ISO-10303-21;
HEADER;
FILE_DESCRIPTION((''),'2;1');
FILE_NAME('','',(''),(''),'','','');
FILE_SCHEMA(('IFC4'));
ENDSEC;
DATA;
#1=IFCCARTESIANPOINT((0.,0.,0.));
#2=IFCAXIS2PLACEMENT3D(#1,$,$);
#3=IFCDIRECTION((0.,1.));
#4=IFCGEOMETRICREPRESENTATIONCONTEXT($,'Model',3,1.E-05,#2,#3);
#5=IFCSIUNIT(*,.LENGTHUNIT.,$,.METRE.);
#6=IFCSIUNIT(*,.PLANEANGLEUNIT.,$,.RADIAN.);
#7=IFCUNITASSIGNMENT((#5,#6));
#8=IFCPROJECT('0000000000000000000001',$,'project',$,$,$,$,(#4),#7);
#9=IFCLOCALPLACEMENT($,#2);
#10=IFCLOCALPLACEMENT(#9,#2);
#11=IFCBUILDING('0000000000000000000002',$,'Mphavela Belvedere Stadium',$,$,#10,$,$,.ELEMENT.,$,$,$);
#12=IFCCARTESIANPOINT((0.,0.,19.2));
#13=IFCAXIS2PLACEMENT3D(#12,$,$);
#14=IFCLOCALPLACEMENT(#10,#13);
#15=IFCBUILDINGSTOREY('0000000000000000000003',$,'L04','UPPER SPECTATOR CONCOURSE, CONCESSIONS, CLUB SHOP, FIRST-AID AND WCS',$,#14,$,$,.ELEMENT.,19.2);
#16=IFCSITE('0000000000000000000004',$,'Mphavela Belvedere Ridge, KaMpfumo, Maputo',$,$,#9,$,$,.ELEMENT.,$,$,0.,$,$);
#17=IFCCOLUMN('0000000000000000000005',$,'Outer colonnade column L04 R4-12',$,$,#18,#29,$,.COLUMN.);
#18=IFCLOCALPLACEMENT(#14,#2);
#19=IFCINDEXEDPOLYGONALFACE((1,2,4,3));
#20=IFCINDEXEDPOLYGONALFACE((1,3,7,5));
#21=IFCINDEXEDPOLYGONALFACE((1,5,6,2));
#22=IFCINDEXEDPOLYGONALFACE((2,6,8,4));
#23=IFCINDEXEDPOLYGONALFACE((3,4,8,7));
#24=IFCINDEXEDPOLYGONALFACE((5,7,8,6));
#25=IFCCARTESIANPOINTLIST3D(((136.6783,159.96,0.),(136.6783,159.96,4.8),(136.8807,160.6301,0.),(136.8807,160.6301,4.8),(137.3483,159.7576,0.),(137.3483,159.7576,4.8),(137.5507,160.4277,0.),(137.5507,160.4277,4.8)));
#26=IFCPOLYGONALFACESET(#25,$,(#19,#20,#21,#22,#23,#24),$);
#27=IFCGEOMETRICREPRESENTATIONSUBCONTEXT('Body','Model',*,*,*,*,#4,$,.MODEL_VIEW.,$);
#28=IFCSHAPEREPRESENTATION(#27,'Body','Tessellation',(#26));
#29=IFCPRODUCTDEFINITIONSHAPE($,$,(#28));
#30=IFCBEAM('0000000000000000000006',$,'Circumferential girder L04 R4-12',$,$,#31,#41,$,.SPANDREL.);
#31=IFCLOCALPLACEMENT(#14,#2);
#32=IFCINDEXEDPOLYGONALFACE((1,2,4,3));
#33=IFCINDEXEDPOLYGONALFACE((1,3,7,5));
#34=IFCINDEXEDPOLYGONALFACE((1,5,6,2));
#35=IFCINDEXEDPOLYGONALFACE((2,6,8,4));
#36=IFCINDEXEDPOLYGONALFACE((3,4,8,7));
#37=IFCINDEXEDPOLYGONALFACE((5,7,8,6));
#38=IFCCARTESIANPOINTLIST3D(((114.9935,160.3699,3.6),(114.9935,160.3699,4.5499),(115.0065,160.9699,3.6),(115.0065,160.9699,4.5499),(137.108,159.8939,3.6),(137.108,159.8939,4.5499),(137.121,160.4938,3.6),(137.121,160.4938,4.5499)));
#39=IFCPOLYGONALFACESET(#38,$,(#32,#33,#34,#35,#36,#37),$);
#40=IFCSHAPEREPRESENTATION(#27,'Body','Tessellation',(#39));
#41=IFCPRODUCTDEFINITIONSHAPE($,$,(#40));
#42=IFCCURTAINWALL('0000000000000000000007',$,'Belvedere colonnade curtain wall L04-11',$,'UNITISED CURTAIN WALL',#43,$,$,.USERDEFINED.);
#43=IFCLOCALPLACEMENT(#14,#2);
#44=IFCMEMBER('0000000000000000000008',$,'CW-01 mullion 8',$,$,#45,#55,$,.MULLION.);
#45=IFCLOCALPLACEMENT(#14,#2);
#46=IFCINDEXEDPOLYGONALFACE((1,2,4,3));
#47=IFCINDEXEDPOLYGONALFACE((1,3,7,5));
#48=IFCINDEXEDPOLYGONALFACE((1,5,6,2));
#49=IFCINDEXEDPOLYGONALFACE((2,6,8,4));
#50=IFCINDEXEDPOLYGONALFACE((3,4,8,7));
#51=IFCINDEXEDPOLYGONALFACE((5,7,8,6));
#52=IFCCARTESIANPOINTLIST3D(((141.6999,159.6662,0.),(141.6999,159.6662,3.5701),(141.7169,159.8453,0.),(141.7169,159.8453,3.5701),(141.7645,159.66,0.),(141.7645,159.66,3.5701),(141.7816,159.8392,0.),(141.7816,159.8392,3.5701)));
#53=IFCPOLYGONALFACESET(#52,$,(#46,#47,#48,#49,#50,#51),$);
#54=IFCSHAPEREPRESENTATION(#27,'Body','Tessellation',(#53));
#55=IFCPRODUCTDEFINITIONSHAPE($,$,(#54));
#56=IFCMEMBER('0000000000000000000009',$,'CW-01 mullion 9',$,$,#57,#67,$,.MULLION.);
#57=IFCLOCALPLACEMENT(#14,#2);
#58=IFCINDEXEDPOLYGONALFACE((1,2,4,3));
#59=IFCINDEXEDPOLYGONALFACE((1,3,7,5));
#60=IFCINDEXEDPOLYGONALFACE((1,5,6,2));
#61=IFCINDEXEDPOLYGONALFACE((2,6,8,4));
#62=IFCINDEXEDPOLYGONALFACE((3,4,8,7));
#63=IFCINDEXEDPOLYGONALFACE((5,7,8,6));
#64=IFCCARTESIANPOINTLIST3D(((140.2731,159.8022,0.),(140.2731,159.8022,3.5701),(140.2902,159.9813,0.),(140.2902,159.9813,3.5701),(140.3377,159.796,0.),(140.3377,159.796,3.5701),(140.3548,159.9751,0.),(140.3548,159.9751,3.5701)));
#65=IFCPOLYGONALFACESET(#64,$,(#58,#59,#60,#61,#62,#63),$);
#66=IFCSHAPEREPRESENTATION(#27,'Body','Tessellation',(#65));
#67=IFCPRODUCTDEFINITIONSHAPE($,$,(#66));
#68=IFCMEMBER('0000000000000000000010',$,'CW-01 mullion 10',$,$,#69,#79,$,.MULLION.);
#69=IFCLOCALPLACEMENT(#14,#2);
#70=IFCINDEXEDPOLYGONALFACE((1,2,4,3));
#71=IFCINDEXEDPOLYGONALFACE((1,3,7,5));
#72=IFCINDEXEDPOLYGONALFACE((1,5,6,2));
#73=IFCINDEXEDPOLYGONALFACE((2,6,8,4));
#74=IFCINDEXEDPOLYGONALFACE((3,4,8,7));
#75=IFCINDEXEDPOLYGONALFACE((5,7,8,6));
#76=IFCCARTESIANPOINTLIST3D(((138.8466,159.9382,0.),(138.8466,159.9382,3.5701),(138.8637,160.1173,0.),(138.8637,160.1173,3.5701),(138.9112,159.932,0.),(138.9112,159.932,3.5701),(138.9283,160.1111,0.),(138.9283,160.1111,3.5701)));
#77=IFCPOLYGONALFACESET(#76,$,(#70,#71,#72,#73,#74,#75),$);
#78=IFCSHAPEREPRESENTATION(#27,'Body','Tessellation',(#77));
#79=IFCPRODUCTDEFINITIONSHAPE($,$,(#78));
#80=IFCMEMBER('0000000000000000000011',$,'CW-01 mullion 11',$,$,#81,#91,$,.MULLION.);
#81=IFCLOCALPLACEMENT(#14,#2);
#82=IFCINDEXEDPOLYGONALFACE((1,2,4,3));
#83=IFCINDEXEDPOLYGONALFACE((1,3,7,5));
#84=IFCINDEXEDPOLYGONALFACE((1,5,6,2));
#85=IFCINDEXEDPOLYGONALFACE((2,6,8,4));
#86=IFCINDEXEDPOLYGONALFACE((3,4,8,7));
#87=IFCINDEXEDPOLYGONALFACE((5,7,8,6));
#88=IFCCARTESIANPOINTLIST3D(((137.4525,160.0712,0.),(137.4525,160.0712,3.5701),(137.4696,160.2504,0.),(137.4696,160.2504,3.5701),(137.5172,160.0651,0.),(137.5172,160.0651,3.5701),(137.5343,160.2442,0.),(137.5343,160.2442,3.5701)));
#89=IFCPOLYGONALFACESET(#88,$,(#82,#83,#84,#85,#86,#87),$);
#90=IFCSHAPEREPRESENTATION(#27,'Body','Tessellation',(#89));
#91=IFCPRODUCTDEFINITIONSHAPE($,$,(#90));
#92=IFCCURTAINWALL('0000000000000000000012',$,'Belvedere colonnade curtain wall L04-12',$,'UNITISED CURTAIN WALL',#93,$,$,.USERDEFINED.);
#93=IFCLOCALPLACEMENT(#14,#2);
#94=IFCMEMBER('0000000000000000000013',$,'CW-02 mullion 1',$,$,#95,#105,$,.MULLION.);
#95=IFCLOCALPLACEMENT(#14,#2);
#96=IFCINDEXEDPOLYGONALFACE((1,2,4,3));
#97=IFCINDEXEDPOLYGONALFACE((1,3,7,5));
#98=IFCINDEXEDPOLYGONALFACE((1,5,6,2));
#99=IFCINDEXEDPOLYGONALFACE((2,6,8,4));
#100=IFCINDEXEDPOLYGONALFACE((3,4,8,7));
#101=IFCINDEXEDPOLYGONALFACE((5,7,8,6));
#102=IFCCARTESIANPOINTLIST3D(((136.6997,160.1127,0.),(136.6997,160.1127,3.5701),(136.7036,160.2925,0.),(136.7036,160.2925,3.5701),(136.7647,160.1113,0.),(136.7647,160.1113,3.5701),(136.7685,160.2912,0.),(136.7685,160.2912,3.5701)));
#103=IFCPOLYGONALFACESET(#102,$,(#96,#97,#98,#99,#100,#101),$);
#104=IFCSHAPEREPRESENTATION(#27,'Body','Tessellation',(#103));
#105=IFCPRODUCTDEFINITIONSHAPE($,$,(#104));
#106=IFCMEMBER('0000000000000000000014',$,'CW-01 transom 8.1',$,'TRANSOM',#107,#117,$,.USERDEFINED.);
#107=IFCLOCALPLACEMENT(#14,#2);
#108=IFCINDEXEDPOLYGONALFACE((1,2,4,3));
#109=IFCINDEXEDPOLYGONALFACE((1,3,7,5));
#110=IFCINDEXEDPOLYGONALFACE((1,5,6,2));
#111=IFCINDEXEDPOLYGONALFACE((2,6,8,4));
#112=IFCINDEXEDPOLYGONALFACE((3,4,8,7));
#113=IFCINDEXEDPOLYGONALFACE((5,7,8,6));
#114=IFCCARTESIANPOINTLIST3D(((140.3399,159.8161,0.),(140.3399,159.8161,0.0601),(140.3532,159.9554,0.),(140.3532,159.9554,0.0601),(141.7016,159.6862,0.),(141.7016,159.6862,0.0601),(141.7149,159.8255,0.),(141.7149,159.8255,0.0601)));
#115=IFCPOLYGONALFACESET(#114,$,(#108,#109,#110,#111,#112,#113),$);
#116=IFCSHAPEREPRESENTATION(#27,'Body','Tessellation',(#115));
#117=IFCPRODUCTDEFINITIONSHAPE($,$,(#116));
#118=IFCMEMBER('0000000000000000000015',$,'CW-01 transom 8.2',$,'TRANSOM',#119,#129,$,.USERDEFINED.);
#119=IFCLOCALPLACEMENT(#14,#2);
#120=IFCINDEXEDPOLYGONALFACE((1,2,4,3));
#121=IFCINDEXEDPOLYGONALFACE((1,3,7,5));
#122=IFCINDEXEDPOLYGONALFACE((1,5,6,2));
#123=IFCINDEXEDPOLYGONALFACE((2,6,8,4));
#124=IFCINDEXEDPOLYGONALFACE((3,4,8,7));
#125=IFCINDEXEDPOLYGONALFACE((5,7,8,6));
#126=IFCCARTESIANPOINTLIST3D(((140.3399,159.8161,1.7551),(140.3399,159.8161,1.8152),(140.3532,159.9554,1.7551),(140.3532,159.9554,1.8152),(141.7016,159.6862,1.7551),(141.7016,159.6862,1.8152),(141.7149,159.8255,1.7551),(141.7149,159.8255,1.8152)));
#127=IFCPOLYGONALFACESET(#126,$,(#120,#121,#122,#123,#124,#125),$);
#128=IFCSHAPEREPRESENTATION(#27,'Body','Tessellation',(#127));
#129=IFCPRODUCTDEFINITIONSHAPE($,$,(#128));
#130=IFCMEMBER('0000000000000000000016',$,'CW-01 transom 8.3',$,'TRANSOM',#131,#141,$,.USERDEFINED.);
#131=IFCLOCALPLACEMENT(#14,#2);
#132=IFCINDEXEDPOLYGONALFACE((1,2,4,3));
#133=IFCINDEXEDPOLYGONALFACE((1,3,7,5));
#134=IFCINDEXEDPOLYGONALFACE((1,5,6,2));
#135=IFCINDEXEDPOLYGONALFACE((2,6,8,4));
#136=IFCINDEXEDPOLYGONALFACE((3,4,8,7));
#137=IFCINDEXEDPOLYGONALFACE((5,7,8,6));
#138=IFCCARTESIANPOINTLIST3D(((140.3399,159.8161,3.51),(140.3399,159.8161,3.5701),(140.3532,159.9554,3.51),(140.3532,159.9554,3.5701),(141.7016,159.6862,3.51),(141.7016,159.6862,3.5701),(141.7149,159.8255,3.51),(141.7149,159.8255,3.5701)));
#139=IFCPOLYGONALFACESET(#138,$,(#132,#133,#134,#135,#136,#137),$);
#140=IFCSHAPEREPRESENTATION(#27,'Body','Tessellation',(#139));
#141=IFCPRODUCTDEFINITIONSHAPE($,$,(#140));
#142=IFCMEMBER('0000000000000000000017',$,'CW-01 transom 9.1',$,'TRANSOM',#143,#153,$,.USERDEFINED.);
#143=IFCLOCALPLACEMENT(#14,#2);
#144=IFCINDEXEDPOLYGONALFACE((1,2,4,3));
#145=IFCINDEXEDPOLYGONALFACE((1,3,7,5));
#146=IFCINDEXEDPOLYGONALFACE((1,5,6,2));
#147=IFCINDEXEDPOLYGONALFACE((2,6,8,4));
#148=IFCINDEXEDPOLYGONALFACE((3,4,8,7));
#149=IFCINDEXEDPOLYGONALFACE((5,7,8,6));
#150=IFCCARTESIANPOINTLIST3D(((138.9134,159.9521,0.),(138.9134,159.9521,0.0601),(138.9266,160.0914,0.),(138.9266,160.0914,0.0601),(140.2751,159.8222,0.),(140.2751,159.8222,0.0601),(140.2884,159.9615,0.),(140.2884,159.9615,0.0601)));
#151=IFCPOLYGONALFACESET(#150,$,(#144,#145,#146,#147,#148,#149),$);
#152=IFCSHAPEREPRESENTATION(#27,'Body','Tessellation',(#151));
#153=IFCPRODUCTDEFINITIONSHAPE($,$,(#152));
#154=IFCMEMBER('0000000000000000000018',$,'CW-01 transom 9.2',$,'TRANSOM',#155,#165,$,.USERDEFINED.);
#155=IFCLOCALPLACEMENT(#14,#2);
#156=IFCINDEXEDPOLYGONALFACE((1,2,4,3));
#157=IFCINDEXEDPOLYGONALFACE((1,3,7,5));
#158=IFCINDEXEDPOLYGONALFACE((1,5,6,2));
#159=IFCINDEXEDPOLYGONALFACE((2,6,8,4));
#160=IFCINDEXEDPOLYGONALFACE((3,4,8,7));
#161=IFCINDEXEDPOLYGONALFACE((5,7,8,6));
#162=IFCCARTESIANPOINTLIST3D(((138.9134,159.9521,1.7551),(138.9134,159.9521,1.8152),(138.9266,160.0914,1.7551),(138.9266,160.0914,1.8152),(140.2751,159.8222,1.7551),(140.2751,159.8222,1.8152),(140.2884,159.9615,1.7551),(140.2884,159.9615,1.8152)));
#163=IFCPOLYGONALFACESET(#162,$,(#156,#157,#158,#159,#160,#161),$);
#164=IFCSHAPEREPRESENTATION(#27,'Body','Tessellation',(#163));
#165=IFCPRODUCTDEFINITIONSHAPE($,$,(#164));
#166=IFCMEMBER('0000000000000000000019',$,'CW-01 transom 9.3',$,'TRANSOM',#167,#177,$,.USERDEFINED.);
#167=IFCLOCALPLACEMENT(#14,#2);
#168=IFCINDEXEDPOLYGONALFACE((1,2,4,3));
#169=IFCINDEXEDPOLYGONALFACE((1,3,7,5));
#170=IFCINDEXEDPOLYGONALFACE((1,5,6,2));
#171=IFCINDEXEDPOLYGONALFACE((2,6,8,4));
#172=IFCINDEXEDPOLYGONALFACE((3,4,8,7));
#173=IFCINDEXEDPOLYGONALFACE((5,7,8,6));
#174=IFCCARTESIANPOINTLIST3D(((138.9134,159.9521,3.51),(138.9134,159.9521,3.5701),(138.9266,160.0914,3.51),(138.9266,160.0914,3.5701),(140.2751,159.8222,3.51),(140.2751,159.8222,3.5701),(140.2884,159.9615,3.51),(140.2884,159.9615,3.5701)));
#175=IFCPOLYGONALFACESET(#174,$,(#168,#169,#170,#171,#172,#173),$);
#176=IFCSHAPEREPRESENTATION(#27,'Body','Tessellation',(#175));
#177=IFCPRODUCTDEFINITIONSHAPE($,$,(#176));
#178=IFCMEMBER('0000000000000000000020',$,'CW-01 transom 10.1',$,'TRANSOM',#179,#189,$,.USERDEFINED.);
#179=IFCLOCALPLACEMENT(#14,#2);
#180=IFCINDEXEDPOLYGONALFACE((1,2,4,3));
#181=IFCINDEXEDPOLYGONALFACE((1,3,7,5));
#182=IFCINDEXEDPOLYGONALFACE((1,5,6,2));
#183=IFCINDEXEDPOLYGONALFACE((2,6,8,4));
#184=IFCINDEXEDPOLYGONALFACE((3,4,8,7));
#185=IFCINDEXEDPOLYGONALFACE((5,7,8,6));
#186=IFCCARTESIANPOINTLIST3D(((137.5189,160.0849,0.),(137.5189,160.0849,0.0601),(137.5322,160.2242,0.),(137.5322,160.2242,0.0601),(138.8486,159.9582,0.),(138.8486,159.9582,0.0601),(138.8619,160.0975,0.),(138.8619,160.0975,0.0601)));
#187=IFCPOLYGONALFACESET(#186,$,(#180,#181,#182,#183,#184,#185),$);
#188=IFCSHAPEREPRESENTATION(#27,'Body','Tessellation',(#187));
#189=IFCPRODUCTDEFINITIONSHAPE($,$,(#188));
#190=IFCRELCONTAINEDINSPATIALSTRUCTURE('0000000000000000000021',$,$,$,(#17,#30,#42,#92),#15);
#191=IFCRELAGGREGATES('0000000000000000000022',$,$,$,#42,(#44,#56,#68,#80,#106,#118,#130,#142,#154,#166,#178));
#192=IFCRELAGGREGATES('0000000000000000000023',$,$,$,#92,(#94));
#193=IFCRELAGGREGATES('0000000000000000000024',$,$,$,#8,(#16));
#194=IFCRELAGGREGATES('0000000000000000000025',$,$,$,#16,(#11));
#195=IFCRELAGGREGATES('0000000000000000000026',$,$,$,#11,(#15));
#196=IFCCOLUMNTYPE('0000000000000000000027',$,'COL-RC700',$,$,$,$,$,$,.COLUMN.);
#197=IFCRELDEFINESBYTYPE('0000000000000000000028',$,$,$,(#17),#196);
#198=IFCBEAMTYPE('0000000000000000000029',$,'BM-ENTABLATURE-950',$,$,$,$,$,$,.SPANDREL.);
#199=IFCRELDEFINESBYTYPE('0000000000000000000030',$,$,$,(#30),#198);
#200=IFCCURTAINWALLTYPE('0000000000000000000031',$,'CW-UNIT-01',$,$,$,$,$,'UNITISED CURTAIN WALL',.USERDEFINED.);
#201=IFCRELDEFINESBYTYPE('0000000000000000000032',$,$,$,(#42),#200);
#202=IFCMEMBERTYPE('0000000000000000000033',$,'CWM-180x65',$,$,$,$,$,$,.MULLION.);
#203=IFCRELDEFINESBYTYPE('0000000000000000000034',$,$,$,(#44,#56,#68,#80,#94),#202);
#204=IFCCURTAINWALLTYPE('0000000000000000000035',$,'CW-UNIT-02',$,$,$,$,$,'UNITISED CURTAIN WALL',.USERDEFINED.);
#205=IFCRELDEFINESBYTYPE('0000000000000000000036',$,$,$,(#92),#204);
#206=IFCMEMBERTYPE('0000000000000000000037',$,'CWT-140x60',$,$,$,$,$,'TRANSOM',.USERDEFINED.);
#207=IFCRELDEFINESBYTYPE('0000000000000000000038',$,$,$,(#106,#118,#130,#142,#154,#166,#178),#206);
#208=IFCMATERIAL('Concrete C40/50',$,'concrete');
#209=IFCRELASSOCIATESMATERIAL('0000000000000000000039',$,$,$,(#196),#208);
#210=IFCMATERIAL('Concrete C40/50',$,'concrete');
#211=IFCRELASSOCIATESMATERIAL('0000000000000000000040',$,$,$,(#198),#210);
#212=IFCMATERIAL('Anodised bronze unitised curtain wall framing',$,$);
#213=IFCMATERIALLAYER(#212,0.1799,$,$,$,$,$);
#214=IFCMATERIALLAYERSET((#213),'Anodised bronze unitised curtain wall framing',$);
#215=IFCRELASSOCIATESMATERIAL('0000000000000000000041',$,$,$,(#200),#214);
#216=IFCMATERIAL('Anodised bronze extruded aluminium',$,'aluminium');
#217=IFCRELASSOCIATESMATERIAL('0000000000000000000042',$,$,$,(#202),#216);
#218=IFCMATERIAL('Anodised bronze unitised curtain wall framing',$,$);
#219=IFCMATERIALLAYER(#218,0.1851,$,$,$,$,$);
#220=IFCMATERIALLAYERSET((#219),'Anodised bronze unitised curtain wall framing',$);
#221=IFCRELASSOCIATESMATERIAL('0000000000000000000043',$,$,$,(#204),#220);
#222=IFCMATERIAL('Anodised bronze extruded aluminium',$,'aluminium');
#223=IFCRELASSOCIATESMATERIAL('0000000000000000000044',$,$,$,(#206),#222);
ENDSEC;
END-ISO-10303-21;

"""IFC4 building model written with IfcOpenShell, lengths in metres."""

from ifc_helpers import new_model, si_unit, direction, frame, origin, origin_2d, place, context, subcontext, project, spatial, rectangle, extrude, material, layer, layer_set, material_profile, profile_set, type_object, element, aggregate, save


model = new_model("IFC4")

# Units and contexts
model_context = context("Model", 3, precision=1e-05, world=origin(), true_north=direction((0.0, 1.0)))
body_context = subcontext(model_context, "Body", "Model", "MODEL_VIEW")
ifc_project = project(units=[si_unit("LENGTHUNIT", "METRE"), si_unit("PLANEANGLEUNIT", "RADIAN")], contexts=[model_context])

# Site, building, storey
site_placement = place(None, origin())
site = spatial("IfcSite", under=ifc_project, at=site_placement, Name="Mphavela Belvedere Ridge, KaMpfumo, Maputo", CompositionType="ELEMENT", RefElevation=0.0)
building_placement = place(site_placement, origin())
building = spatial("IfcBuilding", under=site, at=building_placement, Name="Mphavela Belvedere Stadium", CompositionType="ELEMENT")
storey_placement = place(building_placement, frame((0.0, 0.0, 19.2)))
storey = spatial("IfcBuildingStorey", under=building, at=storey_placement, Name="L04", Description="UPPER SPECTATOR CONCOURSE, CONCESSIONS, CLUB SHOP, FIRST-AID AND WCS", CompositionType="ELEMENT", Elevation=19.2)

# Column
ifc_material_1 = material(Name="Concrete C40/50", Category="concrete")
ifc_material_profile_1 = material_profile(ifc_material_1, rectangle(XDim=0.7, YDim=0.7, at=origin_2d()), Name="RC 700x700")
ifc_profile_set_1 = profile_set([ifc_material_profile_1], Name="Concrete C40/50")
column_type = type_object("IfcColumnType", Name="COL-RC700", PredefinedType="COLUMN", material=ifc_profile_set_1)
column_placement = place(storey_placement, frame((137.1145, 160.1938, 0.0), z_axis=(0.0, 0.0, 1.0), x_axis=(0.289199, 0.957269, 0.0)))
element("IfcColumn", 1, at=column_placement, inside=storey, type_object=column_type, Name="Outer colonnade column L04 R4-12", PredefinedType="COLUMN", context=body_context, shape_type="SweptSolid", body=[
    extrude(rectangle(XDim=0.7, YDim=0.7, at=origin_2d()), origin(), (0.0, 0.0, 1.0), 4.8),
])

# Beam
ifc_material_2 = material(Name="Concrete C40/50", Category="concrete")
ifc_material_profile_2 = material_profile(ifc_material_2, rectangle(XDim=0.6001, YDim=0.95, at=origin_2d()), Name="RC 600x950")
ifc_profile_set_2 = profile_set([ifc_material_profile_2], Name="Concrete C40/50")
beam_type = type_object("IfcBeamType", Name="BM-ENTABLATURE-950", PredefinedType="SPANDREL", material=ifc_profile_set_2)
beam_placement = place(storey_placement, frame((137.1145, 160.1938, 4.075), z_axis=(-0.999768, 0.021523, 0.0), x_axis=(-0.021523, -0.999768, 0.0)))
element("IfcBeam", 2, at=beam_placement, inside=storey, type_object=beam_type, Name="Circumferential girder L04 R4-12", PredefinedType="SPANDREL", context=body_context, shape_type="SweptSolid", body=[
    extrude(rectangle(XDim=0.6001, YDim=0.95, at=origin_2d()), origin(), (0.0, 0.0, 1.0), 22.1196),
])

# Curtain wall, members
ifc_material_3 = material(Name="Anodised bronze unitised curtain wall framing")
ifc_layer_1 = layer(ifc_material_3, 0.1799)
ifc_layer_set_1 = layer_set([ifc_layer_1], Name="Anodised bronze unitised curtain wall framing")
curtain_wall_type_1 = type_object("IfcCurtainWallType", Name="CW-UNIT-01", ElementType="UNITISED CURTAIN WALL", PredefinedType="USERDEFINED", material=ifc_layer_set_1)
curtain_wall_1_placement = place(storey_placement, origin())
curtain_wall_1 = element("IfcCurtainWall", 3, at=curtain_wall_1_placement, inside=storey, type_object=curtain_wall_type_1, Name="Belvedere colonnade curtain wall L04-11", ObjectType="UNITISED CURTAIN WALL", PredefinedType="USERDEFINED")
ifc_material_4 = material(Name="Anodised bronze extruded aluminium", Category="aluminium")
ifc_material_profile_3 = material_profile(ifc_material_4, rectangle(XDim=0.1799, YDim=0.0649, at=origin_2d()), Name="CW-MUL 180x65")
ifc_profile_set_3 = profile_set([ifc_material_profile_3], Name="Anodised bronze extruded aluminium")
member_type_1 = type_object("IfcMemberType", Name="CWM-180x65", PredefinedType="MULLION", material=ifc_profile_set_3)
member_1_placement = place(storey_placement, frame((141.7407, 159.7527, 0.0), z_axis=(0.0, 0.0, 1.0), x_axis=(-0.094933, -0.995484, 0.0)))
member_1 = element("IfcMember", 4, at=member_1_placement, type_object=member_type_1, Name="CW-01 mullion 8", PredefinedType="MULLION", context=body_context, shape_type="SweptSolid", body=[
    extrude(rectangle(XDim=0.1799, YDim=0.0649, at=origin_2d()), origin(), (0.0, 0.0, 1.0), 3.5701),
])
member_2_placement = place(storey_placement, frame((140.314, 159.8887, 0.0), z_axis=(0.0, 0.0, 1.0), x_axis=(-0.094933, -0.995484, 0.0)))
member_2 = element("IfcMember", 5, at=member_2_placement, type_object=member_type_1, Name="CW-01 mullion 9", PredefinedType="MULLION", context=body_context, shape_type="SweptSolid", body=[
    extrude(rectangle(XDim=0.1799, YDim=0.0649, at=origin_2d()), origin(), (0.0, 0.0, 1.0), 3.5701),
])
member_3_placement = place(storey_placement, frame((138.8875, 160.0247, 0.0), z_axis=(0.0, 0.0, 1.0), x_axis=(-0.094933, -0.995484, 0.0)))
member_3 = element("IfcMember", 6, at=member_3_placement, type_object=member_type_1, Name="CW-01 mullion 10", PredefinedType="MULLION", context=body_context, shape_type="SweptSolid", body=[
    extrude(rectangle(XDim=0.1799, YDim=0.0649, at=origin_2d()), origin(), (0.0, 0.0, 1.0), 3.5701),
])
member_4_placement = place(storey_placement, frame((137.4934, 160.1577, 0.0), z_axis=(0.0, 0.0, 1.0), x_axis=(-0.094933, -0.995484, 0.0)))
member_4 = element("IfcMember", 7, at=member_4_placement, type_object=member_type_1, Name="CW-01 mullion 11", PredefinedType="MULLION", context=body_context, shape_type="SweptSolid", body=[
    extrude(rectangle(XDim=0.1799, YDim=0.0649, at=origin_2d()), origin(), (0.0, 0.0, 1.0), 3.5701),
])

# Curtain wall, member
ifc_material_5 = material(Name="Anodised bronze unitised curtain wall framing")
ifc_layer_2 = layer(ifc_material_5, 0.1851)
ifc_layer_set_2 = layer_set([ifc_layer_2], Name="Anodised bronze unitised curtain wall framing")
curtain_wall_type_2 = type_object("IfcCurtainWallType", Name="CW-UNIT-02", ElementType="UNITISED CURTAIN WALL", PredefinedType="USERDEFINED", material=ifc_layer_set_2)
curtain_wall_2_placement = place(storey_placement, origin())
curtain_wall_2 = element("IfcCurtainWall", 8, at=curtain_wall_2_placement, inside=storey, type_object=curtain_wall_type_2, Name="Belvedere colonnade curtain wall L04-12", ObjectType="UNITISED CURTAIN WALL", PredefinedType="USERDEFINED")
member_5_placement = place(storey_placement, frame((136.7341, 160.2019, 0.0), z_axis=(0.0, 0.0, 1.0), x_axis=(-0.021527, -0.999768, 0.0)))
member_5 = element("IfcMember", 9, at=member_5_placement, type_object=member_type_1, Name="CW-02 mullion 1", PredefinedType="MULLION", context=body_context, shape_type="SweptSolid", body=[
    extrude(rectangle(XDim=0.1799, YDim=0.0649, at=origin_2d()), origin(), (0.0, 0.0, 1.0), 3.5701),
])

# Members
ifc_material_6 = material(Name="Anodised bronze extruded aluminium", Category="aluminium")
ifc_material_profile_4 = material_profile(ifc_material_6, rectangle(XDim=0.1399, YDim=0.0601, at=origin_2d()), Name="CW-TRN 140x60")
ifc_profile_set_4 = profile_set([ifc_material_profile_4], Name="Anodised bronze extruded aluminium")
member_type_2 = type_object("IfcMemberType", Name="CWT-140x60", ElementType="TRANSOM", PredefinedType="USERDEFINED", material=ifc_profile_set_4)
member_6_placement = place(storey_placement, frame((141.7083, 159.7559, 0.03), z_axis=(-0.995483, 0.094944, 0.0), x_axis=(-0.094944, -0.995483, 0.0)))
member_6 = element("IfcMember", 10, at=member_6_placement, type_object=member_type_2, Name="CW-01 transom 8.1", ObjectType="TRANSOM", PredefinedType="USERDEFINED", context=body_context, shape_type="SweptSolid", body=[
    extrude(rectangle(XDim=0.1399, YDim=0.0601, at=origin_2d()), origin(), (0.0, 0.0, 1.0), 1.3679),
])
member_7_placement = place(storey_placement, frame((141.7083, 159.7559, 1.7852), z_axis=(-0.995483, 0.094944, 0.0), x_axis=(-0.094944, -0.995483, 0.0)))
member_7 = element("IfcMember", 11, at=member_7_placement, type_object=member_type_2, Name="CW-01 transom 8.2", ObjectType="TRANSOM", PredefinedType="USERDEFINED", context=body_context, shape_type="SweptSolid", body=[
    extrude(rectangle(XDim=0.1399, YDim=0.0601, at=origin_2d()), origin(), (0.0, 0.0, 1.0), 1.3679),
])
member_8_placement = place(storey_placement, frame((141.7083, 159.7559, 3.54), z_axis=(-0.995483, 0.094944, 0.0), x_axis=(-0.094944, -0.995483, 0.0)))
member_8 = element("IfcMember", 12, at=member_8_placement, type_object=member_type_2, Name="CW-01 transom 8.3", ObjectType="TRANSOM", PredefinedType="USERDEFINED", context=body_context, shape_type="SweptSolid", body=[
    extrude(rectangle(XDim=0.1399, YDim=0.0601, at=origin_2d()), origin(), (0.0, 0.0, 1.0), 1.3679),
])
member_9_placement = place(storey_placement, frame((140.2817, 159.8918, 0.03), z_axis=(-0.995483, 0.094944, 0.0), x_axis=(-0.094944, -0.995483, 0.0)))
member_9 = element("IfcMember", 13, at=member_9_placement, type_object=member_type_2, Name="CW-01 transom 9.1", ObjectType="TRANSOM", PredefinedType="USERDEFINED", context=body_context, shape_type="SweptSolid", body=[
    extrude(rectangle(XDim=0.1399, YDim=0.0601, at=origin_2d()), origin(), (0.0, 0.0, 1.0), 1.3679),
])
member_10_placement = place(storey_placement, frame((140.2817, 159.8918, 1.7852), z_axis=(-0.995483, 0.094944, 0.0), x_axis=(-0.094944, -0.995483, 0.0)))
member_10 = element("IfcMember", 14, at=member_10_placement, type_object=member_type_2, Name="CW-01 transom 9.2", ObjectType="TRANSOM", PredefinedType="USERDEFINED", context=body_context, shape_type="SweptSolid", body=[
    extrude(rectangle(XDim=0.1399, YDim=0.0601, at=origin_2d()), origin(), (0.0, 0.0, 1.0), 1.3679),
])
member_11_placement = place(storey_placement, frame((140.2817, 159.8918, 3.54), z_axis=(-0.995483, 0.094944, 0.0), x_axis=(-0.094944, -0.995483, 0.0)))
member_11 = element("IfcMember", 15, at=member_11_placement, type_object=member_type_2, Name="CW-01 transom 9.3", ObjectType="TRANSOM", PredefinedType="USERDEFINED", context=body_context, shape_type="SweptSolid", body=[
    extrude(rectangle(XDim=0.1399, YDim=0.0601, at=origin_2d()), origin(), (0.0, 0.0, 1.0), 1.3679),
])
member_12_placement = place(storey_placement, frame((138.8552, 160.0278, 0.03), z_axis=(-0.99549, 0.094869, 0.0), x_axis=(-0.094869, -0.99549, 0.0)))
member_12 = element("IfcMember", 16, at=member_12_placement, type_object=member_type_2, Name="CW-01 transom 10.1", ObjectType="TRANSOM", PredefinedType="USERDEFINED", context=body_context, shape_type="SweptSolid", body=[
    extrude(rectangle(XDim=0.1399, YDim=0.0601, at=origin_2d()), origin(), (0.0, 0.0, 1.0), 1.3357),
])

aggregate(curtain_wall_1, [member_1, member_2, member_3, member_4, member_6, member_7, member_8, member_9, member_10, member_11, member_12])
aggregate(curtain_wall_2, [member_5])

save(model, "model.ifc")
